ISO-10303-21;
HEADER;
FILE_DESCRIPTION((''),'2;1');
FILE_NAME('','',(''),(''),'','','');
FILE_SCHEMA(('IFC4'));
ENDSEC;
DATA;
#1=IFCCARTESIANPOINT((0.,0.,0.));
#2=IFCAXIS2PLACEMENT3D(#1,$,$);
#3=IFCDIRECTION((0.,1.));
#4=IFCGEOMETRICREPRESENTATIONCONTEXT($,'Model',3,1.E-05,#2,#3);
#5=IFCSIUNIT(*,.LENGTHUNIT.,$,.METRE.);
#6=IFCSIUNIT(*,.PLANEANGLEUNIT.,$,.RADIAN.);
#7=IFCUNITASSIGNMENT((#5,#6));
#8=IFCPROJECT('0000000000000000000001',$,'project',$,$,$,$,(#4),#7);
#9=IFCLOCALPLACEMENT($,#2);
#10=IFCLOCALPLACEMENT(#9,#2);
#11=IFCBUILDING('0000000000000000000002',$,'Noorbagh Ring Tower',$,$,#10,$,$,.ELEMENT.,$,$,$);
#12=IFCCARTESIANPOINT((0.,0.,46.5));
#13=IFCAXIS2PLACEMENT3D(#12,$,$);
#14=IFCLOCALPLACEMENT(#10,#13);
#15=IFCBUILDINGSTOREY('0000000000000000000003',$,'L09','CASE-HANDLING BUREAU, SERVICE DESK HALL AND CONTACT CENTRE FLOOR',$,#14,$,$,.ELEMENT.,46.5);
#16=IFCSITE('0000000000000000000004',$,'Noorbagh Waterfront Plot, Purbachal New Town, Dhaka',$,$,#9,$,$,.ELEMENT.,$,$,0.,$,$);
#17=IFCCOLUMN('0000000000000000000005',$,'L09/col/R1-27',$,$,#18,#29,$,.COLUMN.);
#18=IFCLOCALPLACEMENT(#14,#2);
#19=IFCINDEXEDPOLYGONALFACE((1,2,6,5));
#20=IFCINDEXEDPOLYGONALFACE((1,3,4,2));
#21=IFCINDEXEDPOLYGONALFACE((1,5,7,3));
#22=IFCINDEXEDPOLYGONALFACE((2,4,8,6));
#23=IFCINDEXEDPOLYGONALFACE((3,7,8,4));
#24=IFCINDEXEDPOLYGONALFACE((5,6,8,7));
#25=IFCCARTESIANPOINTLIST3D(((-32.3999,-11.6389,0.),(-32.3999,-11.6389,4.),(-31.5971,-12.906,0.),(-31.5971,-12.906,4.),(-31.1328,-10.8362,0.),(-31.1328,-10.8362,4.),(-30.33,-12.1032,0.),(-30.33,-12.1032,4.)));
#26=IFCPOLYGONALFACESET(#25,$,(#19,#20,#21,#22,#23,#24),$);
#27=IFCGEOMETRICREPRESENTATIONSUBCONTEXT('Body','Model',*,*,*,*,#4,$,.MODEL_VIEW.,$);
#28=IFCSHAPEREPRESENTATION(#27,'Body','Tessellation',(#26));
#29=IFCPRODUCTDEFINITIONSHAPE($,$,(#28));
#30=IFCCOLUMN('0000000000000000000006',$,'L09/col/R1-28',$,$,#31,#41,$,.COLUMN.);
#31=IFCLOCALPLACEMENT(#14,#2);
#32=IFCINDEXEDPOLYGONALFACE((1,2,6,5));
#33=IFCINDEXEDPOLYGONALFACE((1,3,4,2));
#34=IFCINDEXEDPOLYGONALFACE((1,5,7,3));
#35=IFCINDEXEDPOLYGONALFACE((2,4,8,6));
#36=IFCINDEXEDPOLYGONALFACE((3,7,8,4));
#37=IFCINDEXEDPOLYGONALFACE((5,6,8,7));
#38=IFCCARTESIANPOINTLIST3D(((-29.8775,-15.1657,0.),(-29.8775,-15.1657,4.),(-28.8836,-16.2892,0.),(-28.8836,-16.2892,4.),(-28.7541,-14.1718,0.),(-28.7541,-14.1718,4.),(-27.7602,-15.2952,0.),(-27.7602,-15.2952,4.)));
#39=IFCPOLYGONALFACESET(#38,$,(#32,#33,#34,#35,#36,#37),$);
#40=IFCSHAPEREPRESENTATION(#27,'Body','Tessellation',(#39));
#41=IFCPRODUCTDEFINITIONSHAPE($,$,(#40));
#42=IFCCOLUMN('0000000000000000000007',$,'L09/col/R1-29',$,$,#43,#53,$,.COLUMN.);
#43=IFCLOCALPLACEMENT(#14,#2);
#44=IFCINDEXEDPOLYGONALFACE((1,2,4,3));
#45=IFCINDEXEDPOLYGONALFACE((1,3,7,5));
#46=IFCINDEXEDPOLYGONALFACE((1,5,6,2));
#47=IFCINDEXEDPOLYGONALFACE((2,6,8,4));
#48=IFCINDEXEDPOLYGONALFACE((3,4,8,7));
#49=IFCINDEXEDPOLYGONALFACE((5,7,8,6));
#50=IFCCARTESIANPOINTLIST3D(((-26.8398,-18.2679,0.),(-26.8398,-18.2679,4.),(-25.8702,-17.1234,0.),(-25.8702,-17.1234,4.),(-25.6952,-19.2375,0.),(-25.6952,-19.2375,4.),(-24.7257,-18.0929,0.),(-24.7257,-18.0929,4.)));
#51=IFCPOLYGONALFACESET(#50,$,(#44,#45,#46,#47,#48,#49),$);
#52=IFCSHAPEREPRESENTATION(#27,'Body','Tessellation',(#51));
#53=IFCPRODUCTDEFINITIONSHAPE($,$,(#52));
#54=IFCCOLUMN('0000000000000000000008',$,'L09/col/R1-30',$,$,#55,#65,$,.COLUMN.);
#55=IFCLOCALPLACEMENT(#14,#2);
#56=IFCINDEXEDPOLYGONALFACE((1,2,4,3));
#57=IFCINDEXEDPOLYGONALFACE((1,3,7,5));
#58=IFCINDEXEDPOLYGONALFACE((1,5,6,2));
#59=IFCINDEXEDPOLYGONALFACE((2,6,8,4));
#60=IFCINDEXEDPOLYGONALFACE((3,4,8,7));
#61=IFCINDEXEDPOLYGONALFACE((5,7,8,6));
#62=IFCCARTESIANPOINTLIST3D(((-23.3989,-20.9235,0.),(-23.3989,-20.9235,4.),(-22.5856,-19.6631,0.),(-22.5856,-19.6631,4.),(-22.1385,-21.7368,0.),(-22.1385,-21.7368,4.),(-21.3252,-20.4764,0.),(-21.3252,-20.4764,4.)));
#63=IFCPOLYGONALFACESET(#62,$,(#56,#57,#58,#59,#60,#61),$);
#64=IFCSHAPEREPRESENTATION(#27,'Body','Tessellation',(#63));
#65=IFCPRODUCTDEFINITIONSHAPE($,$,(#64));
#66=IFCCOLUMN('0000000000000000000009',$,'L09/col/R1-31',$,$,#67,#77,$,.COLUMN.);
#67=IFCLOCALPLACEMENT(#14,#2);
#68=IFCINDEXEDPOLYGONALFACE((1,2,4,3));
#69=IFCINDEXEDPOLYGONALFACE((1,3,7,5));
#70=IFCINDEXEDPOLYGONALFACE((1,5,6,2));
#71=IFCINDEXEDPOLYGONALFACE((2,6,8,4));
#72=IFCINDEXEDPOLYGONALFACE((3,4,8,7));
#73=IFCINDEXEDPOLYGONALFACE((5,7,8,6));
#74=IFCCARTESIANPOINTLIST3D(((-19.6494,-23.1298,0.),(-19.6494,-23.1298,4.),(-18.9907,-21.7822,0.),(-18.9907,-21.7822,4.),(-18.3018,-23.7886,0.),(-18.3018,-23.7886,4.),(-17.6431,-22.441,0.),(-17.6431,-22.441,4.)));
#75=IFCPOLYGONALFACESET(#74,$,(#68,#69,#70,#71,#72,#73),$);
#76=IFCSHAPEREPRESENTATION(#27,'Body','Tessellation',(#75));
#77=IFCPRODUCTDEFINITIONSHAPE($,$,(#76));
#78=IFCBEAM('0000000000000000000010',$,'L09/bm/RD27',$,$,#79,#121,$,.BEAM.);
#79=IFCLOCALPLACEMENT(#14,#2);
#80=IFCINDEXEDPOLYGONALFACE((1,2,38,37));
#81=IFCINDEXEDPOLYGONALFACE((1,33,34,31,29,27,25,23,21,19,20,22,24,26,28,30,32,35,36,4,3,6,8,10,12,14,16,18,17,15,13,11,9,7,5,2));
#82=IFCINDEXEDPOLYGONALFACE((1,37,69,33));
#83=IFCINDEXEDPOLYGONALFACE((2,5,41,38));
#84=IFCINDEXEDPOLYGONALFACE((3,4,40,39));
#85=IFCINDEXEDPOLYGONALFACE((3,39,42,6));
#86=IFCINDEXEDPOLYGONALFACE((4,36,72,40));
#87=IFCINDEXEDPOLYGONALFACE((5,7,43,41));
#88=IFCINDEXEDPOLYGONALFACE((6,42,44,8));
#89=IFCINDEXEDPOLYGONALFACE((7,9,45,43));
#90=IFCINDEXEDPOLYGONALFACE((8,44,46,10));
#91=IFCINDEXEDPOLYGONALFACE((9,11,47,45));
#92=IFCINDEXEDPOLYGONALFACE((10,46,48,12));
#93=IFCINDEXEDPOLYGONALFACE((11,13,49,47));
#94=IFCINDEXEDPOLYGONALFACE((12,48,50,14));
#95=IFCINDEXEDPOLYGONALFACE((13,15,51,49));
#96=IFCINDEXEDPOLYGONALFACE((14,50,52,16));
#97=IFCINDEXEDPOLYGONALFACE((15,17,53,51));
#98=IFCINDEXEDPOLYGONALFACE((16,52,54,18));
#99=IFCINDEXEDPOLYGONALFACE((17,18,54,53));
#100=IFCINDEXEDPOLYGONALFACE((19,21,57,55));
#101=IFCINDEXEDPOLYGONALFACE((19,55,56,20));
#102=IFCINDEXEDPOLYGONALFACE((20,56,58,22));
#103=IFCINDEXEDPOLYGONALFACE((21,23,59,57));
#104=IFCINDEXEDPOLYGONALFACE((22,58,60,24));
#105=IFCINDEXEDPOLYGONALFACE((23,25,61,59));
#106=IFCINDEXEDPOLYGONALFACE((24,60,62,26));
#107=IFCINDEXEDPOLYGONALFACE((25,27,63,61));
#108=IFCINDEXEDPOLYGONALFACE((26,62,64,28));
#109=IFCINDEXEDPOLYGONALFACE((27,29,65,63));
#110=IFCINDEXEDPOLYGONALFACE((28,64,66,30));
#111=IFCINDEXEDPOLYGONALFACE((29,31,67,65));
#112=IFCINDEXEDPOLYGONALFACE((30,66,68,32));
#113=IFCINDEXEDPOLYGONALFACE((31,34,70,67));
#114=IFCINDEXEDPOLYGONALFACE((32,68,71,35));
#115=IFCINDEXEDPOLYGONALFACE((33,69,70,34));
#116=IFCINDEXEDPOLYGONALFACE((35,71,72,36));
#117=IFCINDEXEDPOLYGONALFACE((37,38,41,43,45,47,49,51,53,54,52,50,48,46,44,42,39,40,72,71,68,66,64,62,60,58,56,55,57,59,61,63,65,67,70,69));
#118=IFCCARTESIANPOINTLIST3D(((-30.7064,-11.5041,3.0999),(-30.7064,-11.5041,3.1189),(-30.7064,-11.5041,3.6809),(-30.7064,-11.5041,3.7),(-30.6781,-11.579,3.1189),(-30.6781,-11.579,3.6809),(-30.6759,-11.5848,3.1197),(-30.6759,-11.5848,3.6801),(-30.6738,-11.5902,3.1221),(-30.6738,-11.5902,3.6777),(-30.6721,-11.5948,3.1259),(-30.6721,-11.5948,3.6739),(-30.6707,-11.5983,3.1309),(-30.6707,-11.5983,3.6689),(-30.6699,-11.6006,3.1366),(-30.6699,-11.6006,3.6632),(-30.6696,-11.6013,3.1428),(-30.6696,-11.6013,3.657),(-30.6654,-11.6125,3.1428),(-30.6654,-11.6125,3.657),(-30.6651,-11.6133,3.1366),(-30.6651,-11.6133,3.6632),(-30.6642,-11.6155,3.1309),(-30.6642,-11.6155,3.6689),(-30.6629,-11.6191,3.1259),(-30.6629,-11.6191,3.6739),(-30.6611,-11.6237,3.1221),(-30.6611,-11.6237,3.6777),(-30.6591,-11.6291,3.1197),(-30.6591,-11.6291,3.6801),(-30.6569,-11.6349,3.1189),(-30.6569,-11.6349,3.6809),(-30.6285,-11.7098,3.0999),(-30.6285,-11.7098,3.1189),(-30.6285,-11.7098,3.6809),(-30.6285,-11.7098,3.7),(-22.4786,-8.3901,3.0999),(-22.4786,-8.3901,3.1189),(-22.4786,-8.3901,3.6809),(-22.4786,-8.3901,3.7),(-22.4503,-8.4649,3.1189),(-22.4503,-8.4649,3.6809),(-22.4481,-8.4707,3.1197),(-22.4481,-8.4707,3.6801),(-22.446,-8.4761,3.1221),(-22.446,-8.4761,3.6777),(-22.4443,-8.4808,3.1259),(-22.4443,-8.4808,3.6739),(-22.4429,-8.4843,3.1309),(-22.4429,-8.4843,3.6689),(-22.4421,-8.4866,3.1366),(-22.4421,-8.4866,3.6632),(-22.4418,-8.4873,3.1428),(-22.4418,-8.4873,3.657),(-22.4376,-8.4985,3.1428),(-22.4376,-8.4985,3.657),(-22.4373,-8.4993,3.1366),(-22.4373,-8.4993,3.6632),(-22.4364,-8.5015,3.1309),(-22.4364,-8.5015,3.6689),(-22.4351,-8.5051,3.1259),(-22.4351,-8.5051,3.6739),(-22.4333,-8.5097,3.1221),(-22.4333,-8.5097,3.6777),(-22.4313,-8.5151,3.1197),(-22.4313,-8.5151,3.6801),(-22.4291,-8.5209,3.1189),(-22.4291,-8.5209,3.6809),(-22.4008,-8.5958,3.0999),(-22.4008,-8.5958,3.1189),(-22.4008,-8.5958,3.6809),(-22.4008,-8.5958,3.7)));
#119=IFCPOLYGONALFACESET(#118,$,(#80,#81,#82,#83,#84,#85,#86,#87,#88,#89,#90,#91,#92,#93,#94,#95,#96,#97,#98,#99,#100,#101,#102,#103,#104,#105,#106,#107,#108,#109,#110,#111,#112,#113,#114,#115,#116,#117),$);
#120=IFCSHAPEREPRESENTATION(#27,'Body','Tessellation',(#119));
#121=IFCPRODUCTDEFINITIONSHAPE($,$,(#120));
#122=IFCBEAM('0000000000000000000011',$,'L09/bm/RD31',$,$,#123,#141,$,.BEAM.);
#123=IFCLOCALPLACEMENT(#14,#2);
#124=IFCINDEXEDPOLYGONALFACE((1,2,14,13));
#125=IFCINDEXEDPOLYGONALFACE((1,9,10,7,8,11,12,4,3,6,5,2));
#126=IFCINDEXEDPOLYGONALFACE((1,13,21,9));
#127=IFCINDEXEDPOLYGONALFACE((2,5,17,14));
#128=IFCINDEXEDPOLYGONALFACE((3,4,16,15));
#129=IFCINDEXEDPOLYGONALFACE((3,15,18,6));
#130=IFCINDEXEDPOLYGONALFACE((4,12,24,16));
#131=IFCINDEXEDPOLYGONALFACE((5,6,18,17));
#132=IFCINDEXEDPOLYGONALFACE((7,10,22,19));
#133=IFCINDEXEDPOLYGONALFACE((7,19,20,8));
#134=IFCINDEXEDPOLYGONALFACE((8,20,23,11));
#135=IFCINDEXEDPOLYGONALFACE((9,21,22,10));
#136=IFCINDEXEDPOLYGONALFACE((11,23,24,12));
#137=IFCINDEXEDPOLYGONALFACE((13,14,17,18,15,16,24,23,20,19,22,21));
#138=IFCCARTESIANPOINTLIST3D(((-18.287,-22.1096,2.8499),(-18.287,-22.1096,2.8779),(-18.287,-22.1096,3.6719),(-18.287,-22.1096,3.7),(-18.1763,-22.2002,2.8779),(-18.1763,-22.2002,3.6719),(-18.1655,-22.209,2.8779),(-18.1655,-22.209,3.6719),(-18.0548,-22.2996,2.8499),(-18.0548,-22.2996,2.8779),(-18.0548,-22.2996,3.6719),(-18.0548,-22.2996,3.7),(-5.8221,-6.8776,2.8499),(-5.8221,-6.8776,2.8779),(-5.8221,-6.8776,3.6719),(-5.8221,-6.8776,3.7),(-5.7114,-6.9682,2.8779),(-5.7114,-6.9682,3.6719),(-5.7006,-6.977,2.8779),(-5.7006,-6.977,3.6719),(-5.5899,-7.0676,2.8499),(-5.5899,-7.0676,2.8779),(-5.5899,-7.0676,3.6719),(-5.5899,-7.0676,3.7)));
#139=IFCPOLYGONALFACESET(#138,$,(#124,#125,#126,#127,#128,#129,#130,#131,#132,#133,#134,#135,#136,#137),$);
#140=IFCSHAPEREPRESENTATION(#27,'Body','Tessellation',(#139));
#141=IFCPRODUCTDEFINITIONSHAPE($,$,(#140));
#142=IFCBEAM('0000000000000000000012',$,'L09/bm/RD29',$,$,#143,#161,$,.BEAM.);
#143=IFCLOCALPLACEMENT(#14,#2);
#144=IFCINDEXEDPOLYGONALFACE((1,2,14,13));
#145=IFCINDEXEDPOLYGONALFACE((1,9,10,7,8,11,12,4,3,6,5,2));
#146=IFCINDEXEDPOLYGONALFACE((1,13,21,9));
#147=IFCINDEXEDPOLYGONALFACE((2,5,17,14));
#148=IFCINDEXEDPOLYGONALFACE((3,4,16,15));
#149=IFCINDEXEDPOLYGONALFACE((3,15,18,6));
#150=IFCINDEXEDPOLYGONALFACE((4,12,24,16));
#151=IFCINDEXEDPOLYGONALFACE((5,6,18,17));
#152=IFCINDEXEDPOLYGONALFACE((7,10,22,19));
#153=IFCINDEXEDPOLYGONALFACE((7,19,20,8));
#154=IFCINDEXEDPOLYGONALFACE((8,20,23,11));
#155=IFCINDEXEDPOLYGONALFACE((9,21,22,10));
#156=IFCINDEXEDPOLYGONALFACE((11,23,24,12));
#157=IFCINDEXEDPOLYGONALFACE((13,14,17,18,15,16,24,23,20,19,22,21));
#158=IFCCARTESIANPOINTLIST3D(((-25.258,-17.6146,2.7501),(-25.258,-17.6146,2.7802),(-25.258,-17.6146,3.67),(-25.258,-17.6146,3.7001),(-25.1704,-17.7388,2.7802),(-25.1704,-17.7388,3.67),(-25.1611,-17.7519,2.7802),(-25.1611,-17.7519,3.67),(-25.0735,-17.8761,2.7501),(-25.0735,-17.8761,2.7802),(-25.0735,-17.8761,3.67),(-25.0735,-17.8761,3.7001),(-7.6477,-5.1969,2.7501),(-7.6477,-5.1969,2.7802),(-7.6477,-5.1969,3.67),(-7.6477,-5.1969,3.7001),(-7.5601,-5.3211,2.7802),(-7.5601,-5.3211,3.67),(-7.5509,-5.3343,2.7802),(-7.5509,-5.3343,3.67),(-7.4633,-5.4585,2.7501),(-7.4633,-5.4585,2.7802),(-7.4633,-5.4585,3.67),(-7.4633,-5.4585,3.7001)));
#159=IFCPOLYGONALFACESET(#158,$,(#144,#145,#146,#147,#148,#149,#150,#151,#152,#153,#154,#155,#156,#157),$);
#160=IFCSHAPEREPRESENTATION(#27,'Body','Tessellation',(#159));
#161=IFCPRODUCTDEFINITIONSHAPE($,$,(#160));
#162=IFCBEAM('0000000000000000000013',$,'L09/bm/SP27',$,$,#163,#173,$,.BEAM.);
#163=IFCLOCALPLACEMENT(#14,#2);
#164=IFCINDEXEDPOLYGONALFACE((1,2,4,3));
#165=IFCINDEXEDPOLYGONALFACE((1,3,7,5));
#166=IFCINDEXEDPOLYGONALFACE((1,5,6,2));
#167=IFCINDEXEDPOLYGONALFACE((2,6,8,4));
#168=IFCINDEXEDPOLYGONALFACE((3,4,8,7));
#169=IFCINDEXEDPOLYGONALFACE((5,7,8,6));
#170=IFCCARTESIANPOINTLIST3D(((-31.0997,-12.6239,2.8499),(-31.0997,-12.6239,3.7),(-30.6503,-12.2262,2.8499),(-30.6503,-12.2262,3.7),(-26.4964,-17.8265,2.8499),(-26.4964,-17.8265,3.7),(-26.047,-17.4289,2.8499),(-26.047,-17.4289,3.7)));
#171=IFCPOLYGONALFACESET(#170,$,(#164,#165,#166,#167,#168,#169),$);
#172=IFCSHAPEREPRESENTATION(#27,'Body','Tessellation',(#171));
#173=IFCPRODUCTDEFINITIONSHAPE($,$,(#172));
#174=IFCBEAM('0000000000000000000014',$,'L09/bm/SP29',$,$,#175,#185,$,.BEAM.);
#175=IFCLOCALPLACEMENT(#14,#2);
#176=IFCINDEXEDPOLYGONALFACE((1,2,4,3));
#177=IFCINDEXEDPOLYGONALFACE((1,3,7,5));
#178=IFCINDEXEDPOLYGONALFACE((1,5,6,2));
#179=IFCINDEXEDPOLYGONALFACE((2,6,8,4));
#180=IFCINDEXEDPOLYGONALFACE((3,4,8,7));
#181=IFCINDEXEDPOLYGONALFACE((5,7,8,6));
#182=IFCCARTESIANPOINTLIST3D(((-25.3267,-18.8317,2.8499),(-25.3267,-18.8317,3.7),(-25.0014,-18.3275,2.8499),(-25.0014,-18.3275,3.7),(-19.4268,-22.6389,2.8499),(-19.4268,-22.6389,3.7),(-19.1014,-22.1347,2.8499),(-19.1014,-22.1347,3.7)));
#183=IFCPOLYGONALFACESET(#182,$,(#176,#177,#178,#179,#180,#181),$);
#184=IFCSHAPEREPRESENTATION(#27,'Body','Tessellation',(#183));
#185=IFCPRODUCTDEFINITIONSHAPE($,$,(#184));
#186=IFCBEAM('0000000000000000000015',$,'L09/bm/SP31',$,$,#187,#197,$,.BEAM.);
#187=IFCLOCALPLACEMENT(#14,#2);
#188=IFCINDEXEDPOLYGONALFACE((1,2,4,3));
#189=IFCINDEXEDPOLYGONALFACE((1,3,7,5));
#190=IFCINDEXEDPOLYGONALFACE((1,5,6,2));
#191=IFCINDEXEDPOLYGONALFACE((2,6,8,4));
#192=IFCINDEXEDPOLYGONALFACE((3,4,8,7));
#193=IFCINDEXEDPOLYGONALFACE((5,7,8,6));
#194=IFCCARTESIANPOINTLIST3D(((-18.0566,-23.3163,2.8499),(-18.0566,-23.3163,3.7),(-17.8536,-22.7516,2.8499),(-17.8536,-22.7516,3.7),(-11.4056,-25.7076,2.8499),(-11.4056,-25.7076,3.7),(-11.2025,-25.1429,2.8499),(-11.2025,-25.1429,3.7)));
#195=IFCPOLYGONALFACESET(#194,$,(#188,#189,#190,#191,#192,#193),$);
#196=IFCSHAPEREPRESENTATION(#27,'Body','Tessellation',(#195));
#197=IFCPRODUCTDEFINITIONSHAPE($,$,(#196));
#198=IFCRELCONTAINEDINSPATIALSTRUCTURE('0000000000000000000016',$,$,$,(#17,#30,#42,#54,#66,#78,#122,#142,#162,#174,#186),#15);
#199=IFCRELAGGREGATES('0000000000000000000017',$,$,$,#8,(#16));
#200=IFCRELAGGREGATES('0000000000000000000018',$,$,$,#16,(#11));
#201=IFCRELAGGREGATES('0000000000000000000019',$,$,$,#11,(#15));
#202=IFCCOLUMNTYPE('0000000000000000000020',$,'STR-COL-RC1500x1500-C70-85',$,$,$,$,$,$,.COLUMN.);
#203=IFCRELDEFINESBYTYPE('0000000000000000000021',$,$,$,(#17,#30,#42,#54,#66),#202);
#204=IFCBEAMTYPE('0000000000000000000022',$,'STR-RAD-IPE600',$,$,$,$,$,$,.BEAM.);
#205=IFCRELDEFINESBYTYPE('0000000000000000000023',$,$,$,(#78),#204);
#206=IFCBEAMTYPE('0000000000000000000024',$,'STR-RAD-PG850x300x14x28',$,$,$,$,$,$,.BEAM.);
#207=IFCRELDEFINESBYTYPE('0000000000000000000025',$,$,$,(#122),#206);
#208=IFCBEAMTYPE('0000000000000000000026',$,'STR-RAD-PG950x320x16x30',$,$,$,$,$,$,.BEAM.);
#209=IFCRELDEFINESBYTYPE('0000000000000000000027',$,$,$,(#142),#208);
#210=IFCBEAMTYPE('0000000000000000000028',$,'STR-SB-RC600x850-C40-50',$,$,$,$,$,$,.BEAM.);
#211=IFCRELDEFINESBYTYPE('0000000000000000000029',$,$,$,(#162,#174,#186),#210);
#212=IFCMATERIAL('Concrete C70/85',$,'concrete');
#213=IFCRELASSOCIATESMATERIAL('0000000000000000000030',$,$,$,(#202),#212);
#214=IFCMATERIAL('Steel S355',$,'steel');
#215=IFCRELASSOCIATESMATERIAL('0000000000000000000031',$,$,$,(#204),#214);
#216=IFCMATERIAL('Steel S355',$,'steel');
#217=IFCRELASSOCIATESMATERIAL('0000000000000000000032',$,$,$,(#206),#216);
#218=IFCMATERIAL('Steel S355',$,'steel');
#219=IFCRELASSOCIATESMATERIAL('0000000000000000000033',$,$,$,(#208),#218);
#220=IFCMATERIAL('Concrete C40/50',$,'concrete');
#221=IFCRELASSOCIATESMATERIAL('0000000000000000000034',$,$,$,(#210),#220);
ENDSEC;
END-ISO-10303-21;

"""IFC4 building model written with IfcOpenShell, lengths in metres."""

from ifc_helpers import new_model, si_unit, direction, frame, origin, origin_2d, place, context, subcontext, project, spatial, rectangle, i_section, extrude, material, material_profile, profile_set, type_object, element, save


model = new_model("IFC4")

# Units and contexts
model_context = context("Model", 3, precision=1e-05, world=origin(), true_north=direction((0.0, 1.0)))
body_context = subcontext(model_context, "Body", "Model", "MODEL_VIEW")
ifc_project = project(units=[si_unit("LENGTHUNIT", "METRE"), si_unit("PLANEANGLEUNIT", "RADIAN")], contexts=[model_context])

# Site, building, storey
site_placement = place(None, origin())
site = spatial("IfcSite", under=ifc_project, at=site_placement, Name="Noorbagh Waterfront Plot, Purbachal New Town, Dhaka", CompositionType="ELEMENT", RefElevation=0.0)
building_placement = place(site_placement, origin())
building = spatial("IfcBuilding", under=site, at=building_placement, Name="Noorbagh Ring Tower", CompositionType="ELEMENT")
storey_placement = place(building_placement, frame((0.0, 0.0, 46.5)))
storey = spatial("IfcBuildingStorey", under=building, at=storey_placement, Name="L09", Description="CASE-HANDLING BUREAU, SERVICE DESK HALL AND CONTACT CENTRE FLOOR", CompositionType="ELEMENT", Elevation=46.5)

# Columns
ifc_material_1 = material(Name="Concrete C70/85", Category="concrete")
ifc_material_profile_1 = material_profile(ifc_material_1, rectangle(XDim=1.5, YDim=1.5, at=origin_2d()), Name="RC1500x1500")
ifc_profile_set_1 = profile_set([ifc_material_profile_1], Name="Concrete C70/85")
column_type = type_object("IfcColumnType", Name="STR-COL-RC1500x1500-C70-85", PredefinedType="COLUMN", material=ifc_profile_set_1)
for number, where, z_axis, x_axis, name in (
    (1, (-31.365, -11.8711, 0.0), (0.0, 0.0, 1.0), (0.53519, -0.844731, 0.0), "L09/col/R1-27"),
    (2, (-28.8188, -15.2305, 0.0), (0.0, 0.0, 1.0), (0.662636, -0.748942, 0.0), "L09/col/R1-28"),
    (3, (-25.7827, -18.1804, 0.0), (0.0, 0.0, 1.0), (0.763035, -0.646357, 0.0), "L09/col/R1-29"),
    (4, (-22.3621, -20.7, 0.0), (0.0, 0.0, 1.0), (0.840248, -0.542203, 0.0), "L09/col/R1-30"),
    (5, (-18.6462, -22.7854, 0.0), (0.0, 0.0, 1.0), (0.898399, -0.43918, 0.0), "L09/col/R1-31"),
):
    element("IfcColumn", number, at=place(storey_placement, frame(where, z_axis=z_axis, x_axis=x_axis)), inside=storey, type_object=column_type, Name=name, PredefinedType="COLUMN", context=body_context, shape_type="SweptSolid", body=[
        extrude(rectangle(XDim=1.5, YDim=1.5, at=origin_2d()), origin(), (0.0, 0.0, 1.0), 4.0),
    ])

# Beams
ifc_material_2 = material(Name="Steel S355", Category="steel")
ifc_material_profile_2 = material_profile(ifc_material_2, i_section(OverallWidth=0.22, OverallDepth=0.6001, WebThickness=0.012, FlangeThickness=0.019, FilletRadius=0.0239, at=origin_2d()), Name="IPE600")
ifc_profile_set_2 = profile_set([ifc_material_profile_2], Name="Steel S355")
beam_type_1 = type_object("IfcBeamType", Name="STR-RAD-IPE600", PredefinedType="BEAM", material=ifc_profile_set_2)
beam_1_placement = place(storey_placement, frame((-30.6675, -11.6069, 3.3999), z_axis=(0.935256, 0.353971, 0.0), x_axis=(-0.353971, 0.935256, 0.0)))
element("IfcBeam", 6, at=beam_1_placement, inside=storey, type_object=beam_type_1, Name="L09/bm/RD27", PredefinedType="BEAM", context=body_context, shape_type="SweptSolid", body=[
    extrude(i_section(OverallWidth=0.22, OverallDepth=0.6001, WebThickness=0.012, FlangeThickness=0.019, FilletRadius=0.0239, at=origin_2d()), origin(), (0.0, 0.0, 1.0), 8.7974),
])
ifc_material_3 = material(Name="Steel S355", Category="steel")
ifc_material_profile_3 = material_profile(ifc_material_3, i_section(OverallWidth=0.3, OverallDepth=0.8501, WebThickness=0.0139, FlangeThickness=0.0281, at=origin_2d()), Name="PG850x300x14x28")
ifc_profile_set_3 = profile_set([ifc_material_profile_3], Name="Steel S355")
beam_type_2 = type_object("IfcBeamType", Name="STR-RAD-PG850x300x14x28", PredefinedType="BEAM", material=ifc_profile_set_3)
beam_2_placement = place(storey_placement, frame((-18.1709, -22.2046, 3.2749), z_axis=(0.633309, 0.773899, 0.0), x_axis=(-0.773899, 0.633309, 0.0)))
element("IfcBeam", 7, at=beam_2_placement, inside=storey, type_object=beam_type_2, Name="L09/bm/RD31", PredefinedType="BEAM", context=body_context, shape_type="SweptSolid", body=[
    extrude(i_section(OverallWidth=0.3, OverallDepth=0.8501, WebThickness=0.0139, FlangeThickness=0.0281, at=origin_2d()), origin(), (0.0, 0.0, 1.0), 19.6821),
])
ifc_material_4 = material(Name="Steel S355", Category="steel")
ifc_material_profile_4 = material_profile(ifc_material_4, i_section(OverallWidth=0.3201, OverallDepth=0.95, WebThickness=0.0161, FlangeThickness=0.03, at=origin_2d()), Name="PG950x320x16x30")
ifc_profile_set_4 = profile_set([ifc_material_profile_4], Name="Steel S355")
beam_type_3 = type_object("IfcBeamType", Name="STR-RAD-PG950x320x16x30", PredefinedType="BEAM", material=ifc_profile_set_4)
beam_3_placement = place(storey_placement, frame((-25.1658, -17.7454, 3.2251), z_axis=(0.817254, 0.576277, 0.0), x_axis=(-0.576277, 0.817254, 0.0)))
element("IfcBeam", 8, at=beam_3_placement, inside=storey, type_object=beam_type_3, Name="L09/bm/RD29", PredefinedType="BEAM", context=body_context, shape_type="SweptSolid", body=[
    extrude(i_section(OverallWidth=0.3201, OverallDepth=0.95, WebThickness=0.0161, FlangeThickness=0.03, at=origin_2d()), origin(), (0.0, 0.0, 1.0), 21.5481),
])
ifc_material_5 = material(Name="Concrete C40/50", Category="concrete")
ifc_material_profile_5 = material_profile(ifc_material_5, rectangle(XDim=0.6001, YDim=0.8501, at=origin_2d()), Name="RC600x850")
ifc_profile_set_5 = profile_set([ifc_material_profile_5], Name="Concrete C40/50")
beam_type_4 = type_object("IfcBeamType", Name="STR-SB-RC600x850-C40-50", PredefinedType="BEAM", material=ifc_profile_set_5)
beam_4_placement = place(storey_placement, frame((-30.875, -12.425, 3.2749), z_axis=(0.66265, -0.748929, 0.0), x_axis=(0.748929, 0.66265, 0.0)))
element("IfcBeam", 9, at=beam_4_placement, inside=storey, type_object=beam_type_4, Name="L09/bm/SP27", PredefinedType="BEAM", context=body_context, shape_type="SweptSolid", body=[
    extrude(rectangle(XDim=0.6001, YDim=0.8501, at=origin_2d()), origin(), (0.0, 0.0, 1.0), 6.9468),
])
beam_5_placement = place(storey_placement, frame((-25.1641, -18.5796, 3.2749), z_axis=(0.840249, -0.542201, 0.0), x_axis=(0.542201, 0.840249, 0.0)))
element("IfcBeam", 10, at=beam_5_placement, inside=storey, type_object=beam_type_4, Name="L09/bm/SP29", PredefinedType="BEAM", context=body_context, shape_type="SweptSolid", body=[
    extrude(rectangle(XDim=0.6001, YDim=0.8501, at=origin_2d()), origin(), (0.0, 0.0, 1.0), 7.0217),
])
beam_6_placement = place(storey_placement, frame((-17.9551, -23.0339, 3.2749), z_axis=(0.941025, -0.338338, 0.0), x_axis=(0.338338, 0.941025, 0.0)))
element("IfcBeam", 11, at=beam_6_placement, inside=storey, type_object=beam_type_4, Name="L09/bm/SP31", PredefinedType="BEAM", context=body_context, shape_type="SweptSolid", body=[
    extrude(rectangle(XDim=0.6001, YDim=0.8501, at=origin_2d()), origin(), (0.0, 0.0, 1.0), 7.0679),
])

save(model, "model.ifc")
